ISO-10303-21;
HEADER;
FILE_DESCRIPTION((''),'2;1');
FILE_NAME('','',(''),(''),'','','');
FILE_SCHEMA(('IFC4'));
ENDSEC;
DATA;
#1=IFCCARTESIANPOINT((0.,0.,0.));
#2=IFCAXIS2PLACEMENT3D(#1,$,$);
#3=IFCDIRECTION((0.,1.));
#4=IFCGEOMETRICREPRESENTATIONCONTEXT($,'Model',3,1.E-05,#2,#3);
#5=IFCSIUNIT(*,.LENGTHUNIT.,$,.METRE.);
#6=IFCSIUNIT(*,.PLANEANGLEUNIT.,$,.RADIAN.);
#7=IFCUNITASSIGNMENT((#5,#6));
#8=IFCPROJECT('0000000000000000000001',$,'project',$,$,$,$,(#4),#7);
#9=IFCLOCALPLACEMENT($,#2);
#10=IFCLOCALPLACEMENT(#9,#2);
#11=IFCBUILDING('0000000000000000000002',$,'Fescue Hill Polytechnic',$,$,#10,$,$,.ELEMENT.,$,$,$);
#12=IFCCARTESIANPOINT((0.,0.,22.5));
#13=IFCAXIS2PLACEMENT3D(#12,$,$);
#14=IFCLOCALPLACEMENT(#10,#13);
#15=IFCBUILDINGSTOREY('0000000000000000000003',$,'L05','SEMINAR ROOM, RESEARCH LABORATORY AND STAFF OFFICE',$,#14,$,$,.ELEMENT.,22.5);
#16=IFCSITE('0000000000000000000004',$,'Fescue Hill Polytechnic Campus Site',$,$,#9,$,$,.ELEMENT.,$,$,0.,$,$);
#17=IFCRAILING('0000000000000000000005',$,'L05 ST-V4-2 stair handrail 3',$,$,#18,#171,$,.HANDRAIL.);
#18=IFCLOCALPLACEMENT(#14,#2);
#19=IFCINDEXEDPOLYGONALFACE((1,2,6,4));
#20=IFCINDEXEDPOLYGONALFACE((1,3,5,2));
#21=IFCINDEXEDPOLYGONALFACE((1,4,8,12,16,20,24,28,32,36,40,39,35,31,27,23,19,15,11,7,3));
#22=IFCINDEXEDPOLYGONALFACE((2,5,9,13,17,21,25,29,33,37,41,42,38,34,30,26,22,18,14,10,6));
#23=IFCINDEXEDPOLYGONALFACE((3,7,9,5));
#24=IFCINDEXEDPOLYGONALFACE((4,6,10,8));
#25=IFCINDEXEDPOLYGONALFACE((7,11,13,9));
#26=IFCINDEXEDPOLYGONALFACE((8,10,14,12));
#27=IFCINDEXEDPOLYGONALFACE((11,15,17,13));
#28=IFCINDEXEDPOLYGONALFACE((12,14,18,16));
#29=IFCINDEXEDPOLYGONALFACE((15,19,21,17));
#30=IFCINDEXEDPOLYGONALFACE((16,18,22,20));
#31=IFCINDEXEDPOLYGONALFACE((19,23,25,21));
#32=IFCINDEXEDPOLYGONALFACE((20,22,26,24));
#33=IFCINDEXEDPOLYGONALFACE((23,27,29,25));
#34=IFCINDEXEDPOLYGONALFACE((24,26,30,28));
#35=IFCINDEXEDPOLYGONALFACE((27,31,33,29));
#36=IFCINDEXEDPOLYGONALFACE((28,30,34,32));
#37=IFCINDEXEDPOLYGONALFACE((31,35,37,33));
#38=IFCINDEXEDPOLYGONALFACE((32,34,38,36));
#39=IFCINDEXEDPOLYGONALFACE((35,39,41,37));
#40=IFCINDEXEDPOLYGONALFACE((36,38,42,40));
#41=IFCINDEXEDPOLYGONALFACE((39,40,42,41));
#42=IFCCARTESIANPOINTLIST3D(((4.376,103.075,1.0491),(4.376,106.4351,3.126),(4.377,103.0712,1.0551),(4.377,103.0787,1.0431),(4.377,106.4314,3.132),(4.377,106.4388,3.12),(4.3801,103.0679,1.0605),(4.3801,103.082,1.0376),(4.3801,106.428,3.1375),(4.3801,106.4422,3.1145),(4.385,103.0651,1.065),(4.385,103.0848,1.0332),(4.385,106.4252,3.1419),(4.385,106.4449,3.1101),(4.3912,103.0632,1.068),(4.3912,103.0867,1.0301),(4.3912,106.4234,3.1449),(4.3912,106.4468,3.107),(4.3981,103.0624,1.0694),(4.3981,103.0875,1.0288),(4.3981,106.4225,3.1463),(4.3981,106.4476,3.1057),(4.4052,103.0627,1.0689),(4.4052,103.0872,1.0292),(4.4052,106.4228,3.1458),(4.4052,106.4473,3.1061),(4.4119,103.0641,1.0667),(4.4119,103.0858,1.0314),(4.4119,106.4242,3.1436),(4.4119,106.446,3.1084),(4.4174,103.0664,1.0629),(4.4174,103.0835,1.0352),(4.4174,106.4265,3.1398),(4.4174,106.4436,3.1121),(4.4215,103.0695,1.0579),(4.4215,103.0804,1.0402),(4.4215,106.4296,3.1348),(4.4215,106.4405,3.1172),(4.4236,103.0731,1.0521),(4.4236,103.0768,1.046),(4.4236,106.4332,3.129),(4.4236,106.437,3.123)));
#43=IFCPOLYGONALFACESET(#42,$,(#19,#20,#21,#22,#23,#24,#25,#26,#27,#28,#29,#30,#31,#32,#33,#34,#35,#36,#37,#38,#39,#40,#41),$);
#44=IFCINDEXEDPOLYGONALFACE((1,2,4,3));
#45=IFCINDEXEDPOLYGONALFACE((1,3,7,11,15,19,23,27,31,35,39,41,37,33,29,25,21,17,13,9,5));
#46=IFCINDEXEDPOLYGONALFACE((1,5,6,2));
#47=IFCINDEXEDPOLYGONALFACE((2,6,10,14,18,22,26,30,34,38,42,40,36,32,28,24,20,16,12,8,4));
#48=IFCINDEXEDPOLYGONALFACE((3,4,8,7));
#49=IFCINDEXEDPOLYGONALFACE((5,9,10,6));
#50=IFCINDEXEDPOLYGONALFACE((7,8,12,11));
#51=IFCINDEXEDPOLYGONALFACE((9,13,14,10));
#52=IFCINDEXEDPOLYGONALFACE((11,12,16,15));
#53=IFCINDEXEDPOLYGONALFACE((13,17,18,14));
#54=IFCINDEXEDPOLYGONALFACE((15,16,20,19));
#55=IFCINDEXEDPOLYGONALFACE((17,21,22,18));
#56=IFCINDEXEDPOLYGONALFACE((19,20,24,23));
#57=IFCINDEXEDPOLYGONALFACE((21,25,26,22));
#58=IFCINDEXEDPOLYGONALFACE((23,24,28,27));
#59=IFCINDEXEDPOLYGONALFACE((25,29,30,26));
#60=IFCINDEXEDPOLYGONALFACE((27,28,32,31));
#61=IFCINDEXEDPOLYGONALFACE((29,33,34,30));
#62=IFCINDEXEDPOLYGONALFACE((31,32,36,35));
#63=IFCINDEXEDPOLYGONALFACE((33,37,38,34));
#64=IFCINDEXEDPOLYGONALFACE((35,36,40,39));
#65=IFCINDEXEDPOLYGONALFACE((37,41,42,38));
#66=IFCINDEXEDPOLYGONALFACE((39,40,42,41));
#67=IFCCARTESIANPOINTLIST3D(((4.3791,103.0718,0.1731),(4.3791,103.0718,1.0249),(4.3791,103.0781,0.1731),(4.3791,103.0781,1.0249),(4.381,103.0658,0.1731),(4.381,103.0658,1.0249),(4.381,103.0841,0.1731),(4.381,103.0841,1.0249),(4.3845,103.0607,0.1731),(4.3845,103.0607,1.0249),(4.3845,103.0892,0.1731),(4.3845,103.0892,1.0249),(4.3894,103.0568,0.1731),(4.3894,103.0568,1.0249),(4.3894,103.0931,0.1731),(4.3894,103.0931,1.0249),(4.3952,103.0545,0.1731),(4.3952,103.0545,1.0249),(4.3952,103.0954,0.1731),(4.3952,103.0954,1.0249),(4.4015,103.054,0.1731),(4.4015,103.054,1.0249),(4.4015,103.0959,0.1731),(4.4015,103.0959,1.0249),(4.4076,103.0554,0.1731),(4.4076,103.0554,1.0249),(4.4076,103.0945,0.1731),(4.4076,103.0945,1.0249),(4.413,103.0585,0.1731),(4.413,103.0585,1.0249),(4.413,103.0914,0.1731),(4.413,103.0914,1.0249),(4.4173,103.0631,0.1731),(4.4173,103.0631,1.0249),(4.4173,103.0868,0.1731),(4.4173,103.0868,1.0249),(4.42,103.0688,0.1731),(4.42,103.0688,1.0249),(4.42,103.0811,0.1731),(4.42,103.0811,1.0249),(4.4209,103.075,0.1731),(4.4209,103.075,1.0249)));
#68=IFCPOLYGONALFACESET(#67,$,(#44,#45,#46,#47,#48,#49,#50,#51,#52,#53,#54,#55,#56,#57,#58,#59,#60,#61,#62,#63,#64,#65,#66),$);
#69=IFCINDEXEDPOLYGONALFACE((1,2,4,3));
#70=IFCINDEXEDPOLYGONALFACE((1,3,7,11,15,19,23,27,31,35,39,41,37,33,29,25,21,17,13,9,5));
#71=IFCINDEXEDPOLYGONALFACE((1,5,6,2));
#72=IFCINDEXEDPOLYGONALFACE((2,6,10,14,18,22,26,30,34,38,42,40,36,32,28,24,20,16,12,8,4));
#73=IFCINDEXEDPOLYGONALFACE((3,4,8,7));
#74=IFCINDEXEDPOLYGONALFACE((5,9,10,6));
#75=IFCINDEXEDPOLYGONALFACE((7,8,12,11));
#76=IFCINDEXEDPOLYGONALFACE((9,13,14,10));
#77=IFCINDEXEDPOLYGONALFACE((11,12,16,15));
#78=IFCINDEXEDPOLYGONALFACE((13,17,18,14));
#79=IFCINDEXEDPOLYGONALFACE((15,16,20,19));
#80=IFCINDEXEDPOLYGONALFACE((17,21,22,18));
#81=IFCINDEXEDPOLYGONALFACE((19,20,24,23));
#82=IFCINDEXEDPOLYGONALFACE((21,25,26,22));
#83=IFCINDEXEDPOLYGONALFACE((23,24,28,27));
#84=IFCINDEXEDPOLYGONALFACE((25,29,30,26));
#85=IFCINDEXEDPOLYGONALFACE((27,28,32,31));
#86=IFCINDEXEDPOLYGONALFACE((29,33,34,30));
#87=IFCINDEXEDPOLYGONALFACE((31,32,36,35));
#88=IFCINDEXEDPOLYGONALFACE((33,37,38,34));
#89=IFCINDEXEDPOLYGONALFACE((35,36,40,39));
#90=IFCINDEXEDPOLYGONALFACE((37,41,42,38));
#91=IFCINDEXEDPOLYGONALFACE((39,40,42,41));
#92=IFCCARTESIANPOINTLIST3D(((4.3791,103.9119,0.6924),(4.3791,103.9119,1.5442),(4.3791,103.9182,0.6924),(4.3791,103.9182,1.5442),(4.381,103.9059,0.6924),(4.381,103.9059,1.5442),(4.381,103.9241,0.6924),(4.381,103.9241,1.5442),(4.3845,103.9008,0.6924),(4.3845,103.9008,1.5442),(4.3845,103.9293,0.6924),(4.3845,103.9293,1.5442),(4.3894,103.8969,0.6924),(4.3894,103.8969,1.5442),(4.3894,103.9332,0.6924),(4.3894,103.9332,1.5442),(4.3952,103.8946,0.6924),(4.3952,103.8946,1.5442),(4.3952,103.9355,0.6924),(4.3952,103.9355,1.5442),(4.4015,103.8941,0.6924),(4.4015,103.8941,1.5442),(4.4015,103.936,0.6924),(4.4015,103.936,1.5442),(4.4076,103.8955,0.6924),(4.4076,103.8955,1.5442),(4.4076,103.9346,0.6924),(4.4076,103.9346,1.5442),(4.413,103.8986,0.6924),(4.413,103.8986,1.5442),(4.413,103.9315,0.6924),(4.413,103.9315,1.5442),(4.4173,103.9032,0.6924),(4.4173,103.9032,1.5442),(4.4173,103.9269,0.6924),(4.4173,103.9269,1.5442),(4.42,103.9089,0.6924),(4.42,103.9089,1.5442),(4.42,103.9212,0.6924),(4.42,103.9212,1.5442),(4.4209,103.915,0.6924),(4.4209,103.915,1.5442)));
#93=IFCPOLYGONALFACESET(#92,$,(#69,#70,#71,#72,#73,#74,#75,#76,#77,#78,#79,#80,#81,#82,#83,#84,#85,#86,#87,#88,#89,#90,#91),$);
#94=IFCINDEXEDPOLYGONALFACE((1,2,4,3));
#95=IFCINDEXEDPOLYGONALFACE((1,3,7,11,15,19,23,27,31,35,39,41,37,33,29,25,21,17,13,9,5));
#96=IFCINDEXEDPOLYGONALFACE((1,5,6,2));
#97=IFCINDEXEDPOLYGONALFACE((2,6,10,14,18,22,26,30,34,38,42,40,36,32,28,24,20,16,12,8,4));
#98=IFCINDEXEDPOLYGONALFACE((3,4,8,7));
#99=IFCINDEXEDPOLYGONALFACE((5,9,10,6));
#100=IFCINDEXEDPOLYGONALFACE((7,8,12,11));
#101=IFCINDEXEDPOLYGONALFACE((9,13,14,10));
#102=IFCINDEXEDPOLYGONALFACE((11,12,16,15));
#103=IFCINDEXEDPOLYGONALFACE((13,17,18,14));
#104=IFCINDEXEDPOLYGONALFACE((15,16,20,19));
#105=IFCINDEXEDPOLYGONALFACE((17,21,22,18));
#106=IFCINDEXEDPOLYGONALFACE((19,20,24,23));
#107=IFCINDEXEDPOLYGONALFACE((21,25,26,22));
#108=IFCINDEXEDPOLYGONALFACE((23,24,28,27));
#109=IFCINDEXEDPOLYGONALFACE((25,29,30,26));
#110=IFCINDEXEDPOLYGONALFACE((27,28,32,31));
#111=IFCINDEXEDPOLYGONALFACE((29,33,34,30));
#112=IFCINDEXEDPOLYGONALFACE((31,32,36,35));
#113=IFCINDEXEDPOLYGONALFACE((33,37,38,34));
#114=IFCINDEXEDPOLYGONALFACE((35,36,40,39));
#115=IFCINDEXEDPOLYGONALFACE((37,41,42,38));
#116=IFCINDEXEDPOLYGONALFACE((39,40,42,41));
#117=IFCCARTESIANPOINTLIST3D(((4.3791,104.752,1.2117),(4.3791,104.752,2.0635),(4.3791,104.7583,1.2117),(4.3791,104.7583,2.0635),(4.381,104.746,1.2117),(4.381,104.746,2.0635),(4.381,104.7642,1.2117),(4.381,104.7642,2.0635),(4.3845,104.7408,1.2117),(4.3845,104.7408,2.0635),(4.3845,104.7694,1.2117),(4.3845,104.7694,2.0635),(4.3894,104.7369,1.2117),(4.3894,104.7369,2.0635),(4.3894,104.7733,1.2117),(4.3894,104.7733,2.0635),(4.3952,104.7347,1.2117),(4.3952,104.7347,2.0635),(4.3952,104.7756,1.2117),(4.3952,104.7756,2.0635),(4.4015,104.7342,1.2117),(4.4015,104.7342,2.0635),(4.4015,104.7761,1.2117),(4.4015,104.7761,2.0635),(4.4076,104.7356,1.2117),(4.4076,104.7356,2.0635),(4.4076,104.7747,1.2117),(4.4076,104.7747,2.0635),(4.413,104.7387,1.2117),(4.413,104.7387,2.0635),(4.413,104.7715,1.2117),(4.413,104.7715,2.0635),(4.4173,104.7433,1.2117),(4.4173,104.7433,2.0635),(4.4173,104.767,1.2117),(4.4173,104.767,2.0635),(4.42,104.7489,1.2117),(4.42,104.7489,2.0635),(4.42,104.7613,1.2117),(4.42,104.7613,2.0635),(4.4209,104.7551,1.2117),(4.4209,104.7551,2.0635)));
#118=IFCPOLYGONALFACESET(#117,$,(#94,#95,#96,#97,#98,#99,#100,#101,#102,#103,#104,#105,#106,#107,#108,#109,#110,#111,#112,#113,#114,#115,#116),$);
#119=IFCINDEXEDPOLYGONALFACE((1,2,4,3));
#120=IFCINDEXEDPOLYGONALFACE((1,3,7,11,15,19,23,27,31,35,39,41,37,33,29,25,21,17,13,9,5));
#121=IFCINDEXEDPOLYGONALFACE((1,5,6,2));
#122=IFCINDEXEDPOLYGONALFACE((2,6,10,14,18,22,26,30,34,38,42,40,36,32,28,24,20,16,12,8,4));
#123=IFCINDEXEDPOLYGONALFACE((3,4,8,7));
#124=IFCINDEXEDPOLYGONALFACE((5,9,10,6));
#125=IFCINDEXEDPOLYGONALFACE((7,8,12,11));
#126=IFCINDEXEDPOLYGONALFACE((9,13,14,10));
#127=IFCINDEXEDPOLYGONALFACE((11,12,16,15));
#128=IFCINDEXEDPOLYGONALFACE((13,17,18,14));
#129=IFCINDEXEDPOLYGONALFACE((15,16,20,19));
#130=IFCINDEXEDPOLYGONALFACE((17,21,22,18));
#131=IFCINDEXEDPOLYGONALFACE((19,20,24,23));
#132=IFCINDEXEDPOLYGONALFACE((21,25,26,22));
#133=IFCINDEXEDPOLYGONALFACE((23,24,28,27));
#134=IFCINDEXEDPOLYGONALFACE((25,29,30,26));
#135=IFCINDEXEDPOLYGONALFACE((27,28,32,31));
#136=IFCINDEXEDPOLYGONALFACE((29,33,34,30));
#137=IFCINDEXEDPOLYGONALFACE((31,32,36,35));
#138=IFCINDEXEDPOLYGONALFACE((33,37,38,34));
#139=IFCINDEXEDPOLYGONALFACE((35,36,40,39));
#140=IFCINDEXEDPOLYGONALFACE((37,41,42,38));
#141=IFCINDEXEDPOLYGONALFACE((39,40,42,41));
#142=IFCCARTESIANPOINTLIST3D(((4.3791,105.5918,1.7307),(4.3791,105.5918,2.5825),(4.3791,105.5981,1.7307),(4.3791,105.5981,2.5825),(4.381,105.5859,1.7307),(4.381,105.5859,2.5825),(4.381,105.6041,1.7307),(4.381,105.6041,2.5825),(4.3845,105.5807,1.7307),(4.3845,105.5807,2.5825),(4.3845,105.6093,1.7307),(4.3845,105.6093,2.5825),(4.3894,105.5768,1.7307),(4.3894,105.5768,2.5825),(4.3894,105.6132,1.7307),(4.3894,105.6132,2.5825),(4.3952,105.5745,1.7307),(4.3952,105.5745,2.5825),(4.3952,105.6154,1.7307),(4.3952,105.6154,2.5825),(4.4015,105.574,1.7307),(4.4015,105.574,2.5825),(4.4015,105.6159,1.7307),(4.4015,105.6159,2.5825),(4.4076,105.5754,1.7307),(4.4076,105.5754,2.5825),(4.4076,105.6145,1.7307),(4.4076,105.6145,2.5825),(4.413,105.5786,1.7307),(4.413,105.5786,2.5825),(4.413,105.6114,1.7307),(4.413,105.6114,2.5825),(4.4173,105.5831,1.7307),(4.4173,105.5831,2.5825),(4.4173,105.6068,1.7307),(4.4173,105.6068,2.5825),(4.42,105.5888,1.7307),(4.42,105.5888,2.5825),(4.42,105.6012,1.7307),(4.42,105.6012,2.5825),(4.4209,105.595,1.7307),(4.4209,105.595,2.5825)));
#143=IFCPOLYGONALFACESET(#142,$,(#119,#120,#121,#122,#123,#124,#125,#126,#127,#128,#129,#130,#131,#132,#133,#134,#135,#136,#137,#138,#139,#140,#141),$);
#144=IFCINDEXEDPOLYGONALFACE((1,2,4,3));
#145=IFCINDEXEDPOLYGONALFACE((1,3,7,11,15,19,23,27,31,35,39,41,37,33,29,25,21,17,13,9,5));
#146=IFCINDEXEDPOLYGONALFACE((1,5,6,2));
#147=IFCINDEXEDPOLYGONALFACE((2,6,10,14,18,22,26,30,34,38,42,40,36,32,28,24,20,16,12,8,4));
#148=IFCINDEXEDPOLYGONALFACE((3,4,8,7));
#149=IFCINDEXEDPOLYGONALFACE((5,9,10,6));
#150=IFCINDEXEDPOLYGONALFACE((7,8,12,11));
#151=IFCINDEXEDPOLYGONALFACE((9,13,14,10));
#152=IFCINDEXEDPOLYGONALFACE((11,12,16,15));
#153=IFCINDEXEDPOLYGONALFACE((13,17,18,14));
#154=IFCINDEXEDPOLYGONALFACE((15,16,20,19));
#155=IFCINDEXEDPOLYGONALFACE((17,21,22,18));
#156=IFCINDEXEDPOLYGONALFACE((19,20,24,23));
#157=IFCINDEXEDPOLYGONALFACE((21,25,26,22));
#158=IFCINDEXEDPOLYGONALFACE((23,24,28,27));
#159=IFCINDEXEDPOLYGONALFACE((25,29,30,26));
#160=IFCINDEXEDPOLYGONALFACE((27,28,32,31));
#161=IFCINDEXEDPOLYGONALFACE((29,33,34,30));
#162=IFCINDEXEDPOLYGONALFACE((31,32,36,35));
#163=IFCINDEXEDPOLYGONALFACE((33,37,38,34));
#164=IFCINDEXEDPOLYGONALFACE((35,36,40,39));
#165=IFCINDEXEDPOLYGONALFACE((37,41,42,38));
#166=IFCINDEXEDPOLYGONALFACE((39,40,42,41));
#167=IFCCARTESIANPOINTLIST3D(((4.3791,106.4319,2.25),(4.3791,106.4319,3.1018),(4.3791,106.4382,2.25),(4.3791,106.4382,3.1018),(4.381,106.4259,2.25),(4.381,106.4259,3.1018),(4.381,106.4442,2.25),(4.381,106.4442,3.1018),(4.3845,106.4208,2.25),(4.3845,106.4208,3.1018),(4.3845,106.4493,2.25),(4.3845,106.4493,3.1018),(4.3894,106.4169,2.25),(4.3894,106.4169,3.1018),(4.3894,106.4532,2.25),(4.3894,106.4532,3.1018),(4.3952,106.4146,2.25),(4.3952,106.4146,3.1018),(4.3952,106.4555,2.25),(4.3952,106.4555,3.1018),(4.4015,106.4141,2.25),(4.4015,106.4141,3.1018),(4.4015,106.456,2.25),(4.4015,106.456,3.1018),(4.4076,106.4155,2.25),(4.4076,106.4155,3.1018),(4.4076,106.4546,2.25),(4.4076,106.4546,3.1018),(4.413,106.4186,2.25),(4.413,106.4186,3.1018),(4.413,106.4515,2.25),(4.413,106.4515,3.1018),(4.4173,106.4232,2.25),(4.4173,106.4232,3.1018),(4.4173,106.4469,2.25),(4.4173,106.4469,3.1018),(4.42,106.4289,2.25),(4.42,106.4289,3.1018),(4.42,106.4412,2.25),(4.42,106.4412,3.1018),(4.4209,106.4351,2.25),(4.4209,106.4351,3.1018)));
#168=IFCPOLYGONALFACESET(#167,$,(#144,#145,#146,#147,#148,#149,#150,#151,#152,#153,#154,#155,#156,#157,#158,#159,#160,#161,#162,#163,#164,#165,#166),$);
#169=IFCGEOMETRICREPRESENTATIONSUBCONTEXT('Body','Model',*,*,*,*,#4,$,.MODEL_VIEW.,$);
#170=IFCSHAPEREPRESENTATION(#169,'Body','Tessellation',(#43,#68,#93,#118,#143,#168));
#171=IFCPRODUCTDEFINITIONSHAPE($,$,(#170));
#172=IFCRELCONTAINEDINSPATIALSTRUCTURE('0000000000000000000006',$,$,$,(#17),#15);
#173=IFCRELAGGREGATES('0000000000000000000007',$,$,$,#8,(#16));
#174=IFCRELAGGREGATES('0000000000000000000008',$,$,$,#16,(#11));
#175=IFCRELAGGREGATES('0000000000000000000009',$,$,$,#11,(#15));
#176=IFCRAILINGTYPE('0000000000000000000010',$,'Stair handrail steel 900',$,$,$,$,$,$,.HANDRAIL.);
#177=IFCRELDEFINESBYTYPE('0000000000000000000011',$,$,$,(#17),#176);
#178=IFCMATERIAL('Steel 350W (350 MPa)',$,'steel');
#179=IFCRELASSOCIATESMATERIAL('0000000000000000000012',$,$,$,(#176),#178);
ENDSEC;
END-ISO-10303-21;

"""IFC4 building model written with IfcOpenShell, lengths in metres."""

from ifc_helpers import new_model, si_unit, direction, frame, origin, origin_2d, place, context, subcontext, project, spatial, circle, extrude, material, type_object, element, save


model = new_model("IFC4")

# Units and contexts
model_context = context("Model", 3, precision=1e-05, world=origin(), true_north=direction((0.0, 1.0)))
body_context = subcontext(model_context, "Body", "Model", "MODEL_VIEW")
ifc_project = project(units=[si_unit("LENGTHUNIT", "METRE"), si_unit("PLANEANGLEUNIT", "RADIAN")], contexts=[model_context])

# Site, building, storey
site_placement = place(None, origin())
site = spatial("IfcSite", under=ifc_project, at=site_placement, Name="Fescue Hill Polytechnic Campus Site", CompositionType="ELEMENT", RefElevation=0.0)
building_placement = place(site_placement, origin())
building = spatial("IfcBuilding", under=site, at=building_placement, Name="Fescue Hill Polytechnic", CompositionType="ELEMENT")
storey_placement = place(building_placement, frame((0.0, 0.0, 22.5)))
storey = spatial("IfcBuildingStorey", under=building, at=storey_placement, Name="L05", Description="SEMINAR ROOM, RESEARCH LABORATORY AND STAFF OFFICE", CompositionType="ELEMENT", Elevation=22.5)

# Railing
ifc_material_1 = material(Name="Steel 350W (350 MPa)", Category="steel")
railing_type_1 = type_object("IfcRailingType", Name="Stair handrail steel 900", PredefinedType="HANDRAIL", material=ifc_material_1)
for number, where, name in (
    (1, (4.3999, 103.075, 0.1731), "L05 ST-V4-2 stair handrail 3"),
):
    element("IfcRailing", number, at=place(storey_placement, frame(where)), inside=storey, type_object=railing_type_1, Name=name, PredefinedType="HANDRAIL", context=body_context, shape_type="SweptSolid", body=[
        extrude(circle(Radius=0.0239, at=origin_2d()), frame((0.0, 0.0, 0.876), z_axis=(0.0, 0.850623, 0.525776), x_axis=(-1.0, 0.0, 0.0)), (0.0, 0.0, 1.0), 3.9502),
        extrude(circle(Radius=0.021, at=origin_2d()), origin(), (0.0, 0.0, 1.0), 0.8518),
        extrude(circle(Radius=0.021, at=origin_2d()), frame((0.0, 0.8401, 0.5193)), (0.0, 0.0, 1.0), 0.8518),
        extrude(circle(Radius=0.021, at=origin_2d()), frame((0.0, 1.6802, 1.0386)), (0.0, 0.0, 1.0), 0.8518),
        extrude(circle(Radius=0.021, at=origin_2d()), frame((0.0, 2.52, 1.5576)), (0.0, 0.0, 1.0), 0.8518),
        extrude(circle(Radius=0.021, at=origin_2d()), frame((0.0, 3.3601, 2.0769)), (0.0, 0.0, 1.0), 0.8518),
    ])

save(model, "model.ifc")
